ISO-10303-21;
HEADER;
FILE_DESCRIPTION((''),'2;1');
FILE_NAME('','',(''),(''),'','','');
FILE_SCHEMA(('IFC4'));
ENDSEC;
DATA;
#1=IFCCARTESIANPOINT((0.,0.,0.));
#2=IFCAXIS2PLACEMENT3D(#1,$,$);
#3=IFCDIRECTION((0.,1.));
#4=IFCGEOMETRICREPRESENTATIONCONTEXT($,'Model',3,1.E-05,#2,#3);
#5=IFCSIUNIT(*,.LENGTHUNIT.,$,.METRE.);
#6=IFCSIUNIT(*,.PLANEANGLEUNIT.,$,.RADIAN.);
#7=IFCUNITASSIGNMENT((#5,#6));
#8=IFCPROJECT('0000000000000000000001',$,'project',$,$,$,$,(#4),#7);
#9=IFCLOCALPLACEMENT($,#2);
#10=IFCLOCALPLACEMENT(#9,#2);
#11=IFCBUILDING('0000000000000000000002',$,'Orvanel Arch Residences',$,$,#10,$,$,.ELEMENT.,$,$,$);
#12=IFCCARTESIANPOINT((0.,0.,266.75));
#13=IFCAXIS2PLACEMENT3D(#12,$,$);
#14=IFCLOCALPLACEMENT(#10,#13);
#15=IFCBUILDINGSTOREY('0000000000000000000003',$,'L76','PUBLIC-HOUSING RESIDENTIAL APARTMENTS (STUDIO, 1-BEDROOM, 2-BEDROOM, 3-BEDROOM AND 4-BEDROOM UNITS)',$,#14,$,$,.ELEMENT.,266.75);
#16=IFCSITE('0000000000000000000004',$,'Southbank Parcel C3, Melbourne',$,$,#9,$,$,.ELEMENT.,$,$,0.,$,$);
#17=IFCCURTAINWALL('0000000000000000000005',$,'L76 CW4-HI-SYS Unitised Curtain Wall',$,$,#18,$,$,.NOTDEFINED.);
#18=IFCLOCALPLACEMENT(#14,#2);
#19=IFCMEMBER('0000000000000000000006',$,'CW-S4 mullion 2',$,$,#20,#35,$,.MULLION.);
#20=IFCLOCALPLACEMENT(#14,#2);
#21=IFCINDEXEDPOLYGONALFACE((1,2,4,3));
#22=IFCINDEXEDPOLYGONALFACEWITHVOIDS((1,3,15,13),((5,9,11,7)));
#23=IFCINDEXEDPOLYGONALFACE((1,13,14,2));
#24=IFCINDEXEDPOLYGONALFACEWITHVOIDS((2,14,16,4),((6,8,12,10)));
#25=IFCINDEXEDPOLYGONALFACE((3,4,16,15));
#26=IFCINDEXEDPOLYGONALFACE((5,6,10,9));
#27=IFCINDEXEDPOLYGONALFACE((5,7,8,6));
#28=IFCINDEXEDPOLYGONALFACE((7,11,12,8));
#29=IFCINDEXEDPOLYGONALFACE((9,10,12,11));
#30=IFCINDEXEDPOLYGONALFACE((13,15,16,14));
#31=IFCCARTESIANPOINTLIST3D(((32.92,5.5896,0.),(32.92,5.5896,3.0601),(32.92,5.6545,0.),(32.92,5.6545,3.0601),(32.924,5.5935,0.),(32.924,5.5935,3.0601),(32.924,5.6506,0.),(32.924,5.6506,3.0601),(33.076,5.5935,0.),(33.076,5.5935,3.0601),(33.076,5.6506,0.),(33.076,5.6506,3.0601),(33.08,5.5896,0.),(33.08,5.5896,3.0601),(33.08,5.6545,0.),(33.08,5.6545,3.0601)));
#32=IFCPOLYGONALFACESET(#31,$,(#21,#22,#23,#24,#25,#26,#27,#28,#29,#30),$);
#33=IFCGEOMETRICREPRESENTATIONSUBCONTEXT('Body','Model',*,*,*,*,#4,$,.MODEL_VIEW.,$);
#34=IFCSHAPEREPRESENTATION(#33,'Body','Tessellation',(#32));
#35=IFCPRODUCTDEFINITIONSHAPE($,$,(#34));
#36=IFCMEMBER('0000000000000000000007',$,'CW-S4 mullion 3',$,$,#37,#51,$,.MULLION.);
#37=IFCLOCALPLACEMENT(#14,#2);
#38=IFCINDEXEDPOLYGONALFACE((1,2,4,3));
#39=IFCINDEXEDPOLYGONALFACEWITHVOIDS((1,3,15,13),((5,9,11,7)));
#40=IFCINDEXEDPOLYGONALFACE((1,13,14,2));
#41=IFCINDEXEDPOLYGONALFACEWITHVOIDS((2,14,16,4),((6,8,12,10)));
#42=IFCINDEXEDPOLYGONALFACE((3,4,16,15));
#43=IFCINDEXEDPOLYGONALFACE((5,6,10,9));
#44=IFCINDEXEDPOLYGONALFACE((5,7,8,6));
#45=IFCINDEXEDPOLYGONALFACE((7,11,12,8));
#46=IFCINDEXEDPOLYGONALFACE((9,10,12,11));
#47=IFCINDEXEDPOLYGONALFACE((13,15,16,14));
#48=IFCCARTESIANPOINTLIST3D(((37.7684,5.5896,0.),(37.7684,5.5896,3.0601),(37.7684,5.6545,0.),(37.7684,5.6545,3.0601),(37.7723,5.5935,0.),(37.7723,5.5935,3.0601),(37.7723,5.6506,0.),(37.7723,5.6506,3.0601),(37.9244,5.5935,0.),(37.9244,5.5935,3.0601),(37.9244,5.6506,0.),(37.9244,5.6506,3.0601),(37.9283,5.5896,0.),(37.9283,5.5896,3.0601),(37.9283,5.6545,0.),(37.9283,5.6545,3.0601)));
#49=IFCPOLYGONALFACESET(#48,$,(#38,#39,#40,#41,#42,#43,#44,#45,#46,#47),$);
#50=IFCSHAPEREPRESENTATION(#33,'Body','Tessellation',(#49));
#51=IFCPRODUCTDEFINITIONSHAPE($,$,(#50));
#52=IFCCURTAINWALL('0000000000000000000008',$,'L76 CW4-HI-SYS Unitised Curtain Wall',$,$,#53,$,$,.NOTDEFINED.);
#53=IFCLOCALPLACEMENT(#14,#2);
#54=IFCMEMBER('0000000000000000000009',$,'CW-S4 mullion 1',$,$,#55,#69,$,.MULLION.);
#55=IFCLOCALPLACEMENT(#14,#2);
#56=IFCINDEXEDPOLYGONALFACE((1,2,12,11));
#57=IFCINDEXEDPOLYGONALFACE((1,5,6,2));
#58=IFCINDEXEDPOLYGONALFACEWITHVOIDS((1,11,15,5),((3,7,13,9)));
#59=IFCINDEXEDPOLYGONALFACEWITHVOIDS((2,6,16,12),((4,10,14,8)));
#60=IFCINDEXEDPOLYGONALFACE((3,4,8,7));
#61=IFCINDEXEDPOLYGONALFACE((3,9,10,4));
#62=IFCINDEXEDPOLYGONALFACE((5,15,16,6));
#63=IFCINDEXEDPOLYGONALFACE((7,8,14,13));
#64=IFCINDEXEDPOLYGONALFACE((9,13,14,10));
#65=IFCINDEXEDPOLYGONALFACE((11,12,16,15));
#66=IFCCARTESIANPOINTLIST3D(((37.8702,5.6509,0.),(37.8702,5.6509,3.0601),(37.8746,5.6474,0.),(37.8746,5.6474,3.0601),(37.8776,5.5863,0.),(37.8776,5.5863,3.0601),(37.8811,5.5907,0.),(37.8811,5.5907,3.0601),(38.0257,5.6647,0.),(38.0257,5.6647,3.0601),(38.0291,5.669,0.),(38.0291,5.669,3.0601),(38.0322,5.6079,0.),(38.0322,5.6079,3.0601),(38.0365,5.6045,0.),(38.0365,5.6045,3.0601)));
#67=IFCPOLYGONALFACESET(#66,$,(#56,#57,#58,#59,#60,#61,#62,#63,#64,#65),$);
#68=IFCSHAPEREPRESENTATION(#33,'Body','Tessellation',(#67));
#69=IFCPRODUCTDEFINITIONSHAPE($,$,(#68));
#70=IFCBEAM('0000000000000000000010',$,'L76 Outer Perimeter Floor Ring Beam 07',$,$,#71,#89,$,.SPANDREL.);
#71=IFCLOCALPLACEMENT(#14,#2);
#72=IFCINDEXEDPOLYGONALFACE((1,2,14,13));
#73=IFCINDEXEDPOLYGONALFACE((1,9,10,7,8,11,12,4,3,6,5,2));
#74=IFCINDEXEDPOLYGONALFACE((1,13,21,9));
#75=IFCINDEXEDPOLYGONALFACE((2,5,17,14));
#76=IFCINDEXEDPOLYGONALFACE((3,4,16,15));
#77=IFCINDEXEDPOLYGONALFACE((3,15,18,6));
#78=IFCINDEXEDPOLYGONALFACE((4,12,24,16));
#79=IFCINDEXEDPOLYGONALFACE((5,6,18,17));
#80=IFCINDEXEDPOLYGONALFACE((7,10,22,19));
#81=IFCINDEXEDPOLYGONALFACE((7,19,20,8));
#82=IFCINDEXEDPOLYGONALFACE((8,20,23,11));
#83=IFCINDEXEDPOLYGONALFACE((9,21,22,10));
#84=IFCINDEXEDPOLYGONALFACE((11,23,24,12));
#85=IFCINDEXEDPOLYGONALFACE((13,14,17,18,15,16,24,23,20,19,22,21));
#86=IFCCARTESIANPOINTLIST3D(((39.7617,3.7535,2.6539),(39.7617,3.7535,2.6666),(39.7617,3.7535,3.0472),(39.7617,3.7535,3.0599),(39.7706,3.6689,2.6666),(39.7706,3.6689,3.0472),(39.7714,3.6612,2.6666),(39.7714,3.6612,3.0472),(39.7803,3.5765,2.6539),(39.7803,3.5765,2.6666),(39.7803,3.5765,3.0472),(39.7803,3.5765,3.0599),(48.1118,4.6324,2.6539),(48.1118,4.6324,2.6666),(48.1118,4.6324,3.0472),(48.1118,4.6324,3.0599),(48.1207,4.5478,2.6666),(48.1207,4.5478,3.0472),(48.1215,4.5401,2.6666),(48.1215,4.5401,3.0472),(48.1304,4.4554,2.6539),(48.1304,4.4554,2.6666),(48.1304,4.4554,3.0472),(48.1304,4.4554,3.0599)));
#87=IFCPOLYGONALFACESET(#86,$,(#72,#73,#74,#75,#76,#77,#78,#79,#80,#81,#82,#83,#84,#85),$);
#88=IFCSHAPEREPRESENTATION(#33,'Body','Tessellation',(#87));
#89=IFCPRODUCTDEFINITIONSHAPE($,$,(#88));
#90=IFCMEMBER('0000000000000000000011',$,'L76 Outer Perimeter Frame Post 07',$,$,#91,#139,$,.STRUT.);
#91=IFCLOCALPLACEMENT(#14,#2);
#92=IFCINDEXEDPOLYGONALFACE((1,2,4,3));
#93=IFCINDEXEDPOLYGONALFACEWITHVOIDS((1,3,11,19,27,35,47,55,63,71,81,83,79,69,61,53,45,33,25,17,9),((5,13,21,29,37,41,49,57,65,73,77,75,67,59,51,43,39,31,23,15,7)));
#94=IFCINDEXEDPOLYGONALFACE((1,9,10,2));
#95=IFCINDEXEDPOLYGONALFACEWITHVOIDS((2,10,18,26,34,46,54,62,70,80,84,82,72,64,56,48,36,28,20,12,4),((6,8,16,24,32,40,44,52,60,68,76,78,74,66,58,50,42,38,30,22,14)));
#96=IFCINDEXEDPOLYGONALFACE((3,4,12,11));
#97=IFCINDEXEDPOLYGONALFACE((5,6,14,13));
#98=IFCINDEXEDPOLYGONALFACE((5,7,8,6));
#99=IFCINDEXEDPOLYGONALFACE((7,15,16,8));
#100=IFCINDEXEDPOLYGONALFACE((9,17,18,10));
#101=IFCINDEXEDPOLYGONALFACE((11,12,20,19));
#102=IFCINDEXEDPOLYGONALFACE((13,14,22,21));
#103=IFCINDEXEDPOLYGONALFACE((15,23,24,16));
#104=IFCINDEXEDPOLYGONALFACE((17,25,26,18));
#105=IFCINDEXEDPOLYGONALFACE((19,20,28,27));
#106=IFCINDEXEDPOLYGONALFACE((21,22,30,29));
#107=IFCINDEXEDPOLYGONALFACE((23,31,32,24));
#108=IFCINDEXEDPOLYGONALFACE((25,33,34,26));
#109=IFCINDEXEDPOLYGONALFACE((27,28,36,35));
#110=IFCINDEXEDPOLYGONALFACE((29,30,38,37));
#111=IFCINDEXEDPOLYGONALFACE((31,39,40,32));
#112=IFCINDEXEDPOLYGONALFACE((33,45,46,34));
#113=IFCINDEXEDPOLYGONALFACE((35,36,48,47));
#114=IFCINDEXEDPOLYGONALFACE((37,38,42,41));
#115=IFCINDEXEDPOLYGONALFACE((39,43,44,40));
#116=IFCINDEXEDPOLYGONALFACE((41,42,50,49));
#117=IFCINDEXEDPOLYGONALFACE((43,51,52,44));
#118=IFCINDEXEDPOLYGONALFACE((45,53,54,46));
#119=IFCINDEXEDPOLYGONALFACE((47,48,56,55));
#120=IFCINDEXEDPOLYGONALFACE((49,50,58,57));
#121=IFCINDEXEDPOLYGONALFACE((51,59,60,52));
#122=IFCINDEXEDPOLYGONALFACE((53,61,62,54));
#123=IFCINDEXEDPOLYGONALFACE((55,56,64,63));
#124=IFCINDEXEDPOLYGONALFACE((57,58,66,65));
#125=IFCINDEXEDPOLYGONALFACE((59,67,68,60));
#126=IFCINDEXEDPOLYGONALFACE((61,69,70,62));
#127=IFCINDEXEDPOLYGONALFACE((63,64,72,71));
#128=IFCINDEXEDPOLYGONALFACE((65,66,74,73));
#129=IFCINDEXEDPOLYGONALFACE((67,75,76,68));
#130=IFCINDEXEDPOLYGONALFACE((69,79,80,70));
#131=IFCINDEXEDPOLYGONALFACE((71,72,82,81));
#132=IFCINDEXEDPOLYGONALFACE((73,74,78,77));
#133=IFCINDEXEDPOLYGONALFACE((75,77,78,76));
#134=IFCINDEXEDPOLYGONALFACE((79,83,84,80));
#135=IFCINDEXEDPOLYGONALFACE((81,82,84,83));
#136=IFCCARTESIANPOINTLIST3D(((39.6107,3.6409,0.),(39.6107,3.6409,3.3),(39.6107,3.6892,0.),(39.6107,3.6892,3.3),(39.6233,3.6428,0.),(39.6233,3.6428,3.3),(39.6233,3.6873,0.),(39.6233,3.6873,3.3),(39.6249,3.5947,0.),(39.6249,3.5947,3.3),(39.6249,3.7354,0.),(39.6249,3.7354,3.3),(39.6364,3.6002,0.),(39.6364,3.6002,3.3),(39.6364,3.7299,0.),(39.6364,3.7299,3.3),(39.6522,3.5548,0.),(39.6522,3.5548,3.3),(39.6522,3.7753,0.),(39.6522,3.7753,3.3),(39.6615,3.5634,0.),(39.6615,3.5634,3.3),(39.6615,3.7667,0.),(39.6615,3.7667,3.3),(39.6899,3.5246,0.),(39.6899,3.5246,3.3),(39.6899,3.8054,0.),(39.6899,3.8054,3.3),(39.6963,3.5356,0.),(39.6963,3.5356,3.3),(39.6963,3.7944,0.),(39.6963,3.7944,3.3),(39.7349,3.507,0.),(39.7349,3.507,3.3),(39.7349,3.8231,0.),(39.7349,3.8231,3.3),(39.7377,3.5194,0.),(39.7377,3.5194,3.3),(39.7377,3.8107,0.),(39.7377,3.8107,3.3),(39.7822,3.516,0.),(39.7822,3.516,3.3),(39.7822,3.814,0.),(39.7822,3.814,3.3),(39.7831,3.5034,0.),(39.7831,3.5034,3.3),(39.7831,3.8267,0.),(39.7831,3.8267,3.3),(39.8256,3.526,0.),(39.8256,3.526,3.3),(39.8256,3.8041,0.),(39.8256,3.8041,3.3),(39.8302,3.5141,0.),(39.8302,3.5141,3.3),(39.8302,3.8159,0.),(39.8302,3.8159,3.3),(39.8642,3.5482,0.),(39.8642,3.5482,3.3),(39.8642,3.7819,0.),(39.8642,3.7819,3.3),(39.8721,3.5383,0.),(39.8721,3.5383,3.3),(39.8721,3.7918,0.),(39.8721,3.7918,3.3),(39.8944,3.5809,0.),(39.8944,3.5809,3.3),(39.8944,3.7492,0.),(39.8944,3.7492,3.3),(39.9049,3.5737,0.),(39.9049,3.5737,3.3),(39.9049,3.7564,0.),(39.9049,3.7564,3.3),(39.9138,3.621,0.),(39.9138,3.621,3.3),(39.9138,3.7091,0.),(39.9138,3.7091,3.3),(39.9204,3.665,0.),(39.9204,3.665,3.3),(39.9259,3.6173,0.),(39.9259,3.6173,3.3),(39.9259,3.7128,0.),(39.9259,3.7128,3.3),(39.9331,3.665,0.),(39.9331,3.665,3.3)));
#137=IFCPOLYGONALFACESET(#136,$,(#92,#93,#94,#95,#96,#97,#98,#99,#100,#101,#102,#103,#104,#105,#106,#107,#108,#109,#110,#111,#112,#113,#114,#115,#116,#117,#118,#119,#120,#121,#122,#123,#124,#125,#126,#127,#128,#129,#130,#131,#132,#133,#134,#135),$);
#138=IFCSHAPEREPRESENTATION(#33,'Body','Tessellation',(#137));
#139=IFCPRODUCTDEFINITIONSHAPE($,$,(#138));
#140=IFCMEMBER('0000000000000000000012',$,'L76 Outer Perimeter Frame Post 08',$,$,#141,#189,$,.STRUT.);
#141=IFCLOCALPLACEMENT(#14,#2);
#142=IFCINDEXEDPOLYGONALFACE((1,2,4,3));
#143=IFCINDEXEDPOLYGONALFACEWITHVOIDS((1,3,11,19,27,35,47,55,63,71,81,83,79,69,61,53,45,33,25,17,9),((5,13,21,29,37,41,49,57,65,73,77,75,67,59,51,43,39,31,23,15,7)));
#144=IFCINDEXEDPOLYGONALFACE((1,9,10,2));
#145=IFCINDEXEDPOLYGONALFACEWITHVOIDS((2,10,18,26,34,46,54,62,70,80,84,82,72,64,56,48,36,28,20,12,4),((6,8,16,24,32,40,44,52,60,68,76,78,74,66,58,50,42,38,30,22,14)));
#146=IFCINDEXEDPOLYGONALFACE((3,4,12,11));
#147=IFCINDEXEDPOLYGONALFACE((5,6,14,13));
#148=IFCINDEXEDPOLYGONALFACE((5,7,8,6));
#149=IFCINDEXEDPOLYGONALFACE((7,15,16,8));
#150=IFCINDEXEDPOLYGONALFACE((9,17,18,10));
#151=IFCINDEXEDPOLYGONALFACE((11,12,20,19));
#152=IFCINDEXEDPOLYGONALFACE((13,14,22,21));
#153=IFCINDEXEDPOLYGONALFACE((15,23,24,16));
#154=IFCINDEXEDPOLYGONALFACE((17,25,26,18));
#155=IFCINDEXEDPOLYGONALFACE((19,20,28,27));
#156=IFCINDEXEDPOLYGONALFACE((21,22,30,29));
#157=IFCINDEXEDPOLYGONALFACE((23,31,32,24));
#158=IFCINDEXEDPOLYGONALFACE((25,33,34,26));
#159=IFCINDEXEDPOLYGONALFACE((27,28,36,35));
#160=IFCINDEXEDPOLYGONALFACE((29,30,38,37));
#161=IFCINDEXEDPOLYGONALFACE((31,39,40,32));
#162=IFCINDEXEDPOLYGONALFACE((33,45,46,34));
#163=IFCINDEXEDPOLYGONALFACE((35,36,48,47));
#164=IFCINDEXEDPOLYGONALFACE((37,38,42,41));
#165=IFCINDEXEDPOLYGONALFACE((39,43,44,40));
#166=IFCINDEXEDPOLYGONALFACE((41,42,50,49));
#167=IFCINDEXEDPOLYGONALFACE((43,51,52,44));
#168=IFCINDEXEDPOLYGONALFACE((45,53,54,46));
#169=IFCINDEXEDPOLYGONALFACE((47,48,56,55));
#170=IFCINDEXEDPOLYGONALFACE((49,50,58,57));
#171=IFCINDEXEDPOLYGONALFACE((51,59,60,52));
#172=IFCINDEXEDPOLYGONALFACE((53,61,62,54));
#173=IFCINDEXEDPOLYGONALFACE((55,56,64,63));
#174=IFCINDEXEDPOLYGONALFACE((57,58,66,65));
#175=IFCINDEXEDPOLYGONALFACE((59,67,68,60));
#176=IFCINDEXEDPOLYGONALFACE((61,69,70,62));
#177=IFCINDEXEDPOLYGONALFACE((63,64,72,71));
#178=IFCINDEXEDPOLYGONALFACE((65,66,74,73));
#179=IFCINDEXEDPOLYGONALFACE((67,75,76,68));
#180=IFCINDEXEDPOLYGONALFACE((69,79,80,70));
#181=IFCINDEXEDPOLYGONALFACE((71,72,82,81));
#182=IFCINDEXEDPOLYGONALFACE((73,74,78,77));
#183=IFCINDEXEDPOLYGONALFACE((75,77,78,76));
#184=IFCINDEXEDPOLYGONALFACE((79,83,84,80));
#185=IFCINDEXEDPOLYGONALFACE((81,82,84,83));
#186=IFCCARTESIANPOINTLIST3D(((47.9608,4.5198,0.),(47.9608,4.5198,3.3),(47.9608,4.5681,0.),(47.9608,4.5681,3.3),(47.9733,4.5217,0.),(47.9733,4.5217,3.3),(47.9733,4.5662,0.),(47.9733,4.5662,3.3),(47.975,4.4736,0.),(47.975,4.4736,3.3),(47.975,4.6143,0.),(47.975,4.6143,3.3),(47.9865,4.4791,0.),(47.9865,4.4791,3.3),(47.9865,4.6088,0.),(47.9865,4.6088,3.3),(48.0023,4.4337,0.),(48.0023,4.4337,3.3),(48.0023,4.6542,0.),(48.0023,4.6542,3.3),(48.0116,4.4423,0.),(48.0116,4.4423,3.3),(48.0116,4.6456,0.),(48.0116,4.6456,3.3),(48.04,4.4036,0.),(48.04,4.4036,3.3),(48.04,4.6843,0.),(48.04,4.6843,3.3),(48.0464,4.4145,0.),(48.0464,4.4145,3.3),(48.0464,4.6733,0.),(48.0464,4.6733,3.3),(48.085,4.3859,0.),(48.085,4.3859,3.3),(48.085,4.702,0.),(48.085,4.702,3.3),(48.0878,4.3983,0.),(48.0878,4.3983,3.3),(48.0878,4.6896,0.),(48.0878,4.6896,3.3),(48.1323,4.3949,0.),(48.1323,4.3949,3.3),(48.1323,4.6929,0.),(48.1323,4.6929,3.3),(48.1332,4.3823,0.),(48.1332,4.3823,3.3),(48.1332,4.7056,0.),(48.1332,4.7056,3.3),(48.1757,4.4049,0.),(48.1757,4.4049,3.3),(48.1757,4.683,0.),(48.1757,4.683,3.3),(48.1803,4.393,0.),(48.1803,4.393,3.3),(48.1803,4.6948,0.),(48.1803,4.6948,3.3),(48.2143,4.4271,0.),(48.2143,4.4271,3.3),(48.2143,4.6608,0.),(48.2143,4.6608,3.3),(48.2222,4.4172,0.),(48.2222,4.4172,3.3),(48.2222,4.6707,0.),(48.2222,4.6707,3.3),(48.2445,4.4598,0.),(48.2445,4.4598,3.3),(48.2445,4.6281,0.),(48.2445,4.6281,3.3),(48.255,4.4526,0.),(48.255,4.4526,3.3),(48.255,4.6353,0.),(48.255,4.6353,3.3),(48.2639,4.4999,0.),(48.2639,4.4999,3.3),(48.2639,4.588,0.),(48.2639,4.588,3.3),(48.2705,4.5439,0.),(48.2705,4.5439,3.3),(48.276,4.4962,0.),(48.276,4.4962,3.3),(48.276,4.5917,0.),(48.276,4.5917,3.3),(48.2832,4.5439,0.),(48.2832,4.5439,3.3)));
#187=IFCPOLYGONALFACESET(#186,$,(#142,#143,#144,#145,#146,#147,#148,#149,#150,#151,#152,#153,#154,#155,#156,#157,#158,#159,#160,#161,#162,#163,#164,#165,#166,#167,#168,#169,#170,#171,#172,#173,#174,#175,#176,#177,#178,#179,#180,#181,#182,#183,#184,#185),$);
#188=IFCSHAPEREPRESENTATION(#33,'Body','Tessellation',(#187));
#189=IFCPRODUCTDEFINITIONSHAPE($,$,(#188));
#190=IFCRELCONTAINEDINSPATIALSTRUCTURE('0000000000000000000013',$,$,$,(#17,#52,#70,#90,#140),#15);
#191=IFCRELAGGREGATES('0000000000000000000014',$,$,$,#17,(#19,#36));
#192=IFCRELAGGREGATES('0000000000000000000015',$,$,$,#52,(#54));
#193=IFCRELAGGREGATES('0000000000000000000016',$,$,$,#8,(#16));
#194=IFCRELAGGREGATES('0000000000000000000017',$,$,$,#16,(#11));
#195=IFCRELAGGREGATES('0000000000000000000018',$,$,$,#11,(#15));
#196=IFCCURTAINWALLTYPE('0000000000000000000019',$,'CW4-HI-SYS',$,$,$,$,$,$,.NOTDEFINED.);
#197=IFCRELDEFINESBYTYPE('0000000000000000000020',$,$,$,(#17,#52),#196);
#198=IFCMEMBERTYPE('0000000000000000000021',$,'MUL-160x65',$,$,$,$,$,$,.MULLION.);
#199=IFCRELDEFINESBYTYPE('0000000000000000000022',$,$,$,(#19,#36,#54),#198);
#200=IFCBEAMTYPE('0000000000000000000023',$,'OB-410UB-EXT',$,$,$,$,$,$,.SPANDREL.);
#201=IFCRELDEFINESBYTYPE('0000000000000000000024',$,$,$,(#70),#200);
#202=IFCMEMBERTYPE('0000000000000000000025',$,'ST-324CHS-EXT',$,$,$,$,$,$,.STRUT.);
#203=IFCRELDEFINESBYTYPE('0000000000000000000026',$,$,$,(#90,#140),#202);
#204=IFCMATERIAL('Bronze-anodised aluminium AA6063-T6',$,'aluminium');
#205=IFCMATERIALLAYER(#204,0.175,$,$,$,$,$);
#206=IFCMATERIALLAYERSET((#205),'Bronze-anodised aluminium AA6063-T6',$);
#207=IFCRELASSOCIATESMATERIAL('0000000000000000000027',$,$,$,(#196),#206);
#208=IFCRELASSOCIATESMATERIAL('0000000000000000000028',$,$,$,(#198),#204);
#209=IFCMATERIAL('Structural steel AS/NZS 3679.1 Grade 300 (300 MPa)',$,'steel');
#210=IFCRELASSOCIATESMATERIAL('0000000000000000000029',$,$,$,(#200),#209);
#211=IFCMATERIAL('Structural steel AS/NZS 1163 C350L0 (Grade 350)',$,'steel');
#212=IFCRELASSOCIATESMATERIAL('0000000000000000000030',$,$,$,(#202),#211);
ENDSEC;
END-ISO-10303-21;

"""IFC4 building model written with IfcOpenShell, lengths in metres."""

from ifc_helpers import new_model, si_unit, direction, frame, origin, origin_2d, place, context, subcontext, project, spatial, hollow_rectangle, hollow_circle, i_section, extrude, material, layer, layer_set, material_profile, profile_set, type_object, element, aggregate, save


model = new_model("IFC4")

# Units and contexts
model_context = context("Model", 3, precision=1e-05, world=origin(), true_north=direction((0.0, 1.0)))
body_context = subcontext(model_context, "Body", "Model", "MODEL_VIEW")
ifc_project = project(units=[si_unit("LENGTHUNIT", "METRE"), si_unit("PLANEANGLEUNIT", "RADIAN")], contexts=[model_context])

# Site, building, storey
site_placement = place(None, origin())
site = spatial("IfcSite", under=ifc_project, at=site_placement, Name="Southbank Parcel C3, Melbourne", CompositionType="ELEMENT", RefElevation=0.0)
building_placement = place(site_placement, origin())
building = spatial("IfcBuilding", under=site, at=building_placement, Name="Orvanel Arch Residences", CompositionType="ELEMENT")
storey_placement = place(building_placement, frame((0.0, 0.0, 266.75)))
storey = spatial("IfcBuildingStorey", under=building, at=storey_placement, Name="L76", Description="PUBLIC-HOUSING RESIDENTIAL APARTMENTS (STUDIO, 1-BEDROOM, 2-BEDROOM, 3-BEDROOM AND 4-BEDROOM UNITS)", CompositionType="ELEMENT", Elevation=266.75)

# Curtain wall, members
ifc_material_1 = material(Name="Bronze-anodised aluminium AA6063-T6", Category="aluminium")
ifc_layer_1 = layer(ifc_material_1, 0.175)
ifc_layer_set_1 = layer_set([ifc_layer_1], Name="Bronze-anodised aluminium AA6063-T6")
curtain_wall_type = type_object("IfcCurtainWallType", Name="CW4-HI-SYS", PredefinedType="NOTDEFINED", material=ifc_layer_set_1)
curtain_wall_1_placement = place(storey_placement, origin())
curtain_wall_1 = element("IfcCurtainWall", 1, at=curtain_wall_1_placement, inside=storey, type_object=curtain_wall_type, Name="L76 CW4-HI-SYS Unitised Curtain Wall", PredefinedType="NOTDEFINED")
ifc_material_profile_1 = material_profile(ifc_material_1, hollow_rectangle(XDim=0.0649, YDim=0.1599, WallThickness=0.0039, at=origin_2d()), Name="ALU160x65x4")
ifc_profile_set_1 = profile_set([ifc_material_profile_1], Name="Bronze-anodised aluminium AA6063-T6")
member_type_1 = type_object("IfcMemberType", Name="MUL-160x65", PredefinedType="MULLION", material=ifc_profile_set_1)
member_1_placement = place(storey_placement, frame((33.0, 5.6221, 0.0), z_axis=(0.0, 0.0, 1.0), x_axis=(0.0, 1.0, 0.0)))
member_1 = element("IfcMember", 2, at=member_1_placement, type_object=member_type_1, Name="CW-S4 mullion 2", PredefinedType="MULLION", context=body_context, shape_type="SweptSolid", body=[
    extrude(hollow_rectangle(XDim=0.0649, YDim=0.1599, WallThickness=0.0039, at=origin_2d()), origin(), (0.0, 0.0, 1.0), 3.0601),
])
member_2_placement = place(storey_placement, frame((37.8484, 5.6221, 0.0), z_axis=(0.0, 0.0, 1.0), x_axis=(0.0, 1.0, 0.0)))
member_2 = element("IfcMember", 3, at=member_2_placement, type_object=member_type_1, Name="CW-S4 mullion 3", PredefinedType="MULLION", context=body_context, shape_type="SweptSolid", body=[
    extrude(hollow_rectangle(XDim=0.0649, YDim=0.1599, WallThickness=0.0039, at=origin_2d()), origin(), (0.0, 0.0, 1.0), 3.0601),
])

# Curtain wall, member
curtain_wall_2_placement = place(storey_placement, origin())
curtain_wall_2 = element("IfcCurtainWall", 4, at=curtain_wall_2_placement, inside=storey, type_object=curtain_wall_type, Name="L76 CW4-HI-SYS Unitised Curtain Wall", PredefinedType="NOTDEFINED")
member_3_placement = place(storey_placement, frame((37.9534, 5.6277, 0.0), z_axis=(0.0, 0.0, 1.0), x_axis=(-0.11351, 0.993537, 0.0)))
member_3 = element("IfcMember", 5, at=member_3_placement, type_object=member_type_1, Name="CW-S4 mullion 1", PredefinedType="MULLION", context=body_context, shape_type="SweptSolid", body=[
    extrude(hollow_rectangle(XDim=0.0649, YDim=0.1599, WallThickness=0.0039, at=origin_2d()), origin(), (0.0, 0.0, 1.0), 3.0601),
])

# Beam
ifc_material_2 = material(Name="Structural steel AS/NZS 3679.1 Grade 300 (300 MPa)", Category="steel")
ifc_material_profile_2 = material_profile(ifc_material_2, i_section(OverallWidth=0.178, OverallDepth=0.406, WebThickness=0.0078, FlangeThickness=0.0127, at=origin_2d()), Name="410UB59.7")
ifc_profile_set_2 = profile_set([ifc_material_profile_2], Name="Structural steel AS/NZS 3679.1 Grade 300 (300 MPa)")
beam_type = type_object("IfcBeamType", Name="OB-410UB-EXT", PredefinedType="SPANDREL", material=ifc_profile_set_2)
beam_placement = place(storey_placement, frame((39.771, 3.665, 2.8569), z_axis=(0.994506, 0.104679, 0.0), x_axis=(-0.104679, 0.994506, 0.0)))
element("IfcBeam", 6, at=beam_placement, inside=storey, type_object=beam_type, Name="L76 Outer Perimeter Floor Ring Beam 07", PredefinedType="SPANDREL", context=body_context, shape_type="SweptSolid", body=[
    extrude(i_section(OverallWidth=0.178, OverallDepth=0.406, WebThickness=0.0078, FlangeThickness=0.0127, at=origin_2d()), origin(), (0.0, 0.0, 1.0), 8.3962),
])

# Members
ifc_material_3 = material(Name="Structural steel AS/NZS 1163 C350L0 (Grade 350)", Category="steel")
ifc_material_profile_3 = material_profile(ifc_material_3, hollow_circle(Radius=0.1621, WallThickness=0.0127, at=origin_2d()), Name="CHS324x12.7")
ifc_profile_set_3 = profile_set([ifc_material_profile_3], Name="Structural steel AS/NZS 1163 C350L0 (Grade 350)")
member_type_2 = type_object("IfcMemberType", Name="ST-324CHS-EXT", PredefinedType="STRUT", material=ifc_profile_set_3)
for number, where, z_axis, x_axis, name in (
    (7, (39.771, 3.665, 0.0), (0.0, 0.0, 1.0), (1.0, 0.0, 0.0), "L76 Outer Perimeter Frame Post 07"),
    (8, (48.1211, 4.5439, 0.0), (0.0, 0.0, 1.0), (1.0, 0.0, 0.0), "L76 Outer Perimeter Frame Post 08"),
):
    element("IfcMember", number, at=place(storey_placement, frame(where, z_axis=z_axis, x_axis=x_axis)), inside=storey, type_object=member_type_2, Name=name, PredefinedType="STRUT", context=body_context, shape_type="SweptSolid", body=[
        extrude(hollow_circle(Radius=0.1621, WallThickness=0.0127, at=origin_2d()), origin(), (0.0, 0.0, 1.0), 3.3),
    ])

aggregate(curtain_wall_1, [member_1, member_2])
aggregate(curtain_wall_2, [member_3])

save(model, "model.ifc")
